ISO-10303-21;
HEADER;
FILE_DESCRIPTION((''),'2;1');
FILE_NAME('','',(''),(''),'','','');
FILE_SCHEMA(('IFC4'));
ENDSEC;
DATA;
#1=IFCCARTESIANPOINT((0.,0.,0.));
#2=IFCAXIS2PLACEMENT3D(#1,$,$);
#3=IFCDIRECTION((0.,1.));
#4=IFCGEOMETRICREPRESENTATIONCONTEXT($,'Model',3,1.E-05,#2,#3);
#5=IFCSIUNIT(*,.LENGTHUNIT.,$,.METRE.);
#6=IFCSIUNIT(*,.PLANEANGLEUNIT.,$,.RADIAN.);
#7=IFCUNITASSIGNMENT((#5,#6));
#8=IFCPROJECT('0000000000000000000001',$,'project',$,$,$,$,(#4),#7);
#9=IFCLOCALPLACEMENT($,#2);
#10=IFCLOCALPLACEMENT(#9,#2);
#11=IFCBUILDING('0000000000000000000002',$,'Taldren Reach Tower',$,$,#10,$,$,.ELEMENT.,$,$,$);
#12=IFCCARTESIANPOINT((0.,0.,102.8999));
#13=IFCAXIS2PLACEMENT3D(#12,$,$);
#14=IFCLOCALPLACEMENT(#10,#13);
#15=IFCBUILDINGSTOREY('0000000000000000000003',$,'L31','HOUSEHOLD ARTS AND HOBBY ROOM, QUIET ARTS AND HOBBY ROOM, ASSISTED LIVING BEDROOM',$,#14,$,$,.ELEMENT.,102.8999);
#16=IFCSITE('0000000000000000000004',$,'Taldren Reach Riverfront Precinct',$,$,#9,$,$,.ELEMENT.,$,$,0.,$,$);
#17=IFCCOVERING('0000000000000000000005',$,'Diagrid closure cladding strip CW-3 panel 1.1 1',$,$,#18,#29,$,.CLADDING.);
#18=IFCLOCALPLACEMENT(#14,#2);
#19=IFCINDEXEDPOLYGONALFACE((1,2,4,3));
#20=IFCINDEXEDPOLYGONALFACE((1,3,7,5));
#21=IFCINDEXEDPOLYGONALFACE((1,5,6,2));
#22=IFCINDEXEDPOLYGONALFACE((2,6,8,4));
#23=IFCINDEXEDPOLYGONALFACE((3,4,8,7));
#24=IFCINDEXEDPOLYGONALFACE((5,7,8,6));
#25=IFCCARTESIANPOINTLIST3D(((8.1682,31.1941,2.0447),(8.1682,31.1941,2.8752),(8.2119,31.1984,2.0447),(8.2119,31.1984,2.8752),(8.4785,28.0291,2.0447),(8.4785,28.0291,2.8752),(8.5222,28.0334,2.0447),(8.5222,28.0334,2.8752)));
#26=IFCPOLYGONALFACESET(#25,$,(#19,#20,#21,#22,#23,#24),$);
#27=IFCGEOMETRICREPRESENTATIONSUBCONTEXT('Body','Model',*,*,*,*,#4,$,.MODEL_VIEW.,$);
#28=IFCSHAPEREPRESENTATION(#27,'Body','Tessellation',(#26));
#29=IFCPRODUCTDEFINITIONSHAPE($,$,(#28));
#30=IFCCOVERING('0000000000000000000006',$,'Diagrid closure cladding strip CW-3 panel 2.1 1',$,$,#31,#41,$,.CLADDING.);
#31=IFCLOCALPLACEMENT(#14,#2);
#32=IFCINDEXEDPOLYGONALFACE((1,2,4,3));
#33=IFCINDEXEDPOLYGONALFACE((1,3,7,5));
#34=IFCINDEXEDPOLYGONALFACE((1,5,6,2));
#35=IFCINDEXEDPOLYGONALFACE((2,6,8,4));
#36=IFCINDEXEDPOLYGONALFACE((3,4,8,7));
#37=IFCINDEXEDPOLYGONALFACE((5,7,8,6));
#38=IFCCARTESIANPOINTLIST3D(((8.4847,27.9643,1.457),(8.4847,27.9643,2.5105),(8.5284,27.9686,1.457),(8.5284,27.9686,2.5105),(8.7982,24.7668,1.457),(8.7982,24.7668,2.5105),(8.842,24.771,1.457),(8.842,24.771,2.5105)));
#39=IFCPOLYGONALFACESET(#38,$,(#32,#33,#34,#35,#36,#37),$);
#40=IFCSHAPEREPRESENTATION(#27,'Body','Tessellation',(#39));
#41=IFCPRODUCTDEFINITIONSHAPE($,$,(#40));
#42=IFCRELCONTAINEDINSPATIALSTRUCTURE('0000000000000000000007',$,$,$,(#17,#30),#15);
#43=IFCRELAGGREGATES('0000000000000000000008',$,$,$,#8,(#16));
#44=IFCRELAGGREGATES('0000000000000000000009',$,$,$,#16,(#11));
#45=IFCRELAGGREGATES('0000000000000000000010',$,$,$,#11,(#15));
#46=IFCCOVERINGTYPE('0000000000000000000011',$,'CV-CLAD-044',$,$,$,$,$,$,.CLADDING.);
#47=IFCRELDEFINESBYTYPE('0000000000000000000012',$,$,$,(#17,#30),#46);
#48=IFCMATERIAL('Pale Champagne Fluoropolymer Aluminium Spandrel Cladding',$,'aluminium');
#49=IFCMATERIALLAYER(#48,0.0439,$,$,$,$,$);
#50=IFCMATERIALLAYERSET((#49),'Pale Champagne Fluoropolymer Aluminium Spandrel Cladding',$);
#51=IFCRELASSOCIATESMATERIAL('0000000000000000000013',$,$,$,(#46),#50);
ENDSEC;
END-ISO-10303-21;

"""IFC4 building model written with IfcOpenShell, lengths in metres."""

from ifc_helpers import new_model, si_unit, direction, frame, origin, origin_2d, place, context, subcontext, project, spatial, rectangle, extrude, source, transform, mapped, material, layer, layer_set, type_object, element, save


model = new_model("IFC4")

# Units and contexts
model_context = context("Model", 3, precision=1e-05, world=origin(), true_north=direction((0.0, 1.0)))
body_context = subcontext(model_context, "Body", "Model", "MODEL_VIEW")
ifc_project = project(units=[si_unit("LENGTHUNIT", "METRE"), si_unit("PLANEANGLEUNIT", "RADIAN")], contexts=[model_context])

# Site, building, storey
site_placement = place(None, origin())
site = spatial("IfcSite", under=ifc_project, at=site_placement, Name="Taldren Reach Riverfront Precinct", CompositionType="ELEMENT", RefElevation=0.0)
building_placement = place(site_placement, origin())
building = spatial("IfcBuilding", under=site, at=building_placement, Name="Taldren Reach Tower", CompositionType="ELEMENT")
storey_placement = place(building_placement, frame((0.0, 0.0, 102.8999)))
storey = spatial("IfcBuildingStorey", under=building, at=storey_placement, Name="L31", Description="HOUSEHOLD ARTS AND HOBBY ROOM, QUIET ARTS AND HOBBY ROOM, ASSISTED LIVING BEDROOM", CompositionType="ELEMENT", Elevation=102.8999)

# Coverings
ifc_material_1 = material(Name="Pale Champagne Fluoropolymer Aluminium Spandrel Cladding", Category="aluminium")
ifc_layer_1 = layer(ifc_material_1, 0.0439)
ifc_layer_set_1 = layer_set([ifc_layer_1], Name="Pale Champagne Fluoropolymer Aluminium Spandrel Cladding")
covering_type = type_object("IfcCoveringType", Name="CV-CLAD-044", PredefinedType="CLADDING", material=ifc_layer_set_1)
shared_shape_1 = source(origin(), body_context, "Body", "SweptSolid", [
    extrude(rectangle(XDim=3.1802, YDim=0.0439, at=origin_2d()), origin(), (0.0, 0.0, 1.0), 0.8306),
])
covering_1_placement = place(storey_placement, frame((8.3452, 29.6138, 2.0447), z_axis=(0.0, 0.0, 1.0), x_axis=(0.097583, -0.995227, 0.0)))
element("IfcCovering", 1, at=covering_1_placement, inside=storey, type_object=covering_type, Name="Diagrid closure cladding strip CW-3 panel 1.1 1", PredefinedType="CLADDING", context=body_context, shape_type="MappedRepresentation", body=[
    mapped(shared_shape_1, transform((0.0, 0.0, 0.0), scale=1.0)),
])
shared_shape_2 = source(origin(), body_context, "Body", "SweptSolid", [
    extrude(rectangle(XDim=3.2129, YDim=0.0439, at=origin_2d()), origin(), (0.0, 0.0, 1.0), 1.0535),
])
covering_2_placement = place(storey_placement, frame((8.6633, 26.3677, 1.457), z_axis=(0.0, 0.0, 1.0), x_axis=(0.097583, -0.995227, 0.0)))
element("IfcCovering", 2, at=covering_2_placement, inside=storey, type_object=covering_type, Name="Diagrid closure cladding strip CW-3 panel 2.1 1", PredefinedType="CLADDING", context=body_context, shape_type="MappedRepresentation", body=[
    mapped(shared_shape_2, transform((0.0, 0.0, 0.0), scale=1.0)),
])

save(model, "model.ifc")
